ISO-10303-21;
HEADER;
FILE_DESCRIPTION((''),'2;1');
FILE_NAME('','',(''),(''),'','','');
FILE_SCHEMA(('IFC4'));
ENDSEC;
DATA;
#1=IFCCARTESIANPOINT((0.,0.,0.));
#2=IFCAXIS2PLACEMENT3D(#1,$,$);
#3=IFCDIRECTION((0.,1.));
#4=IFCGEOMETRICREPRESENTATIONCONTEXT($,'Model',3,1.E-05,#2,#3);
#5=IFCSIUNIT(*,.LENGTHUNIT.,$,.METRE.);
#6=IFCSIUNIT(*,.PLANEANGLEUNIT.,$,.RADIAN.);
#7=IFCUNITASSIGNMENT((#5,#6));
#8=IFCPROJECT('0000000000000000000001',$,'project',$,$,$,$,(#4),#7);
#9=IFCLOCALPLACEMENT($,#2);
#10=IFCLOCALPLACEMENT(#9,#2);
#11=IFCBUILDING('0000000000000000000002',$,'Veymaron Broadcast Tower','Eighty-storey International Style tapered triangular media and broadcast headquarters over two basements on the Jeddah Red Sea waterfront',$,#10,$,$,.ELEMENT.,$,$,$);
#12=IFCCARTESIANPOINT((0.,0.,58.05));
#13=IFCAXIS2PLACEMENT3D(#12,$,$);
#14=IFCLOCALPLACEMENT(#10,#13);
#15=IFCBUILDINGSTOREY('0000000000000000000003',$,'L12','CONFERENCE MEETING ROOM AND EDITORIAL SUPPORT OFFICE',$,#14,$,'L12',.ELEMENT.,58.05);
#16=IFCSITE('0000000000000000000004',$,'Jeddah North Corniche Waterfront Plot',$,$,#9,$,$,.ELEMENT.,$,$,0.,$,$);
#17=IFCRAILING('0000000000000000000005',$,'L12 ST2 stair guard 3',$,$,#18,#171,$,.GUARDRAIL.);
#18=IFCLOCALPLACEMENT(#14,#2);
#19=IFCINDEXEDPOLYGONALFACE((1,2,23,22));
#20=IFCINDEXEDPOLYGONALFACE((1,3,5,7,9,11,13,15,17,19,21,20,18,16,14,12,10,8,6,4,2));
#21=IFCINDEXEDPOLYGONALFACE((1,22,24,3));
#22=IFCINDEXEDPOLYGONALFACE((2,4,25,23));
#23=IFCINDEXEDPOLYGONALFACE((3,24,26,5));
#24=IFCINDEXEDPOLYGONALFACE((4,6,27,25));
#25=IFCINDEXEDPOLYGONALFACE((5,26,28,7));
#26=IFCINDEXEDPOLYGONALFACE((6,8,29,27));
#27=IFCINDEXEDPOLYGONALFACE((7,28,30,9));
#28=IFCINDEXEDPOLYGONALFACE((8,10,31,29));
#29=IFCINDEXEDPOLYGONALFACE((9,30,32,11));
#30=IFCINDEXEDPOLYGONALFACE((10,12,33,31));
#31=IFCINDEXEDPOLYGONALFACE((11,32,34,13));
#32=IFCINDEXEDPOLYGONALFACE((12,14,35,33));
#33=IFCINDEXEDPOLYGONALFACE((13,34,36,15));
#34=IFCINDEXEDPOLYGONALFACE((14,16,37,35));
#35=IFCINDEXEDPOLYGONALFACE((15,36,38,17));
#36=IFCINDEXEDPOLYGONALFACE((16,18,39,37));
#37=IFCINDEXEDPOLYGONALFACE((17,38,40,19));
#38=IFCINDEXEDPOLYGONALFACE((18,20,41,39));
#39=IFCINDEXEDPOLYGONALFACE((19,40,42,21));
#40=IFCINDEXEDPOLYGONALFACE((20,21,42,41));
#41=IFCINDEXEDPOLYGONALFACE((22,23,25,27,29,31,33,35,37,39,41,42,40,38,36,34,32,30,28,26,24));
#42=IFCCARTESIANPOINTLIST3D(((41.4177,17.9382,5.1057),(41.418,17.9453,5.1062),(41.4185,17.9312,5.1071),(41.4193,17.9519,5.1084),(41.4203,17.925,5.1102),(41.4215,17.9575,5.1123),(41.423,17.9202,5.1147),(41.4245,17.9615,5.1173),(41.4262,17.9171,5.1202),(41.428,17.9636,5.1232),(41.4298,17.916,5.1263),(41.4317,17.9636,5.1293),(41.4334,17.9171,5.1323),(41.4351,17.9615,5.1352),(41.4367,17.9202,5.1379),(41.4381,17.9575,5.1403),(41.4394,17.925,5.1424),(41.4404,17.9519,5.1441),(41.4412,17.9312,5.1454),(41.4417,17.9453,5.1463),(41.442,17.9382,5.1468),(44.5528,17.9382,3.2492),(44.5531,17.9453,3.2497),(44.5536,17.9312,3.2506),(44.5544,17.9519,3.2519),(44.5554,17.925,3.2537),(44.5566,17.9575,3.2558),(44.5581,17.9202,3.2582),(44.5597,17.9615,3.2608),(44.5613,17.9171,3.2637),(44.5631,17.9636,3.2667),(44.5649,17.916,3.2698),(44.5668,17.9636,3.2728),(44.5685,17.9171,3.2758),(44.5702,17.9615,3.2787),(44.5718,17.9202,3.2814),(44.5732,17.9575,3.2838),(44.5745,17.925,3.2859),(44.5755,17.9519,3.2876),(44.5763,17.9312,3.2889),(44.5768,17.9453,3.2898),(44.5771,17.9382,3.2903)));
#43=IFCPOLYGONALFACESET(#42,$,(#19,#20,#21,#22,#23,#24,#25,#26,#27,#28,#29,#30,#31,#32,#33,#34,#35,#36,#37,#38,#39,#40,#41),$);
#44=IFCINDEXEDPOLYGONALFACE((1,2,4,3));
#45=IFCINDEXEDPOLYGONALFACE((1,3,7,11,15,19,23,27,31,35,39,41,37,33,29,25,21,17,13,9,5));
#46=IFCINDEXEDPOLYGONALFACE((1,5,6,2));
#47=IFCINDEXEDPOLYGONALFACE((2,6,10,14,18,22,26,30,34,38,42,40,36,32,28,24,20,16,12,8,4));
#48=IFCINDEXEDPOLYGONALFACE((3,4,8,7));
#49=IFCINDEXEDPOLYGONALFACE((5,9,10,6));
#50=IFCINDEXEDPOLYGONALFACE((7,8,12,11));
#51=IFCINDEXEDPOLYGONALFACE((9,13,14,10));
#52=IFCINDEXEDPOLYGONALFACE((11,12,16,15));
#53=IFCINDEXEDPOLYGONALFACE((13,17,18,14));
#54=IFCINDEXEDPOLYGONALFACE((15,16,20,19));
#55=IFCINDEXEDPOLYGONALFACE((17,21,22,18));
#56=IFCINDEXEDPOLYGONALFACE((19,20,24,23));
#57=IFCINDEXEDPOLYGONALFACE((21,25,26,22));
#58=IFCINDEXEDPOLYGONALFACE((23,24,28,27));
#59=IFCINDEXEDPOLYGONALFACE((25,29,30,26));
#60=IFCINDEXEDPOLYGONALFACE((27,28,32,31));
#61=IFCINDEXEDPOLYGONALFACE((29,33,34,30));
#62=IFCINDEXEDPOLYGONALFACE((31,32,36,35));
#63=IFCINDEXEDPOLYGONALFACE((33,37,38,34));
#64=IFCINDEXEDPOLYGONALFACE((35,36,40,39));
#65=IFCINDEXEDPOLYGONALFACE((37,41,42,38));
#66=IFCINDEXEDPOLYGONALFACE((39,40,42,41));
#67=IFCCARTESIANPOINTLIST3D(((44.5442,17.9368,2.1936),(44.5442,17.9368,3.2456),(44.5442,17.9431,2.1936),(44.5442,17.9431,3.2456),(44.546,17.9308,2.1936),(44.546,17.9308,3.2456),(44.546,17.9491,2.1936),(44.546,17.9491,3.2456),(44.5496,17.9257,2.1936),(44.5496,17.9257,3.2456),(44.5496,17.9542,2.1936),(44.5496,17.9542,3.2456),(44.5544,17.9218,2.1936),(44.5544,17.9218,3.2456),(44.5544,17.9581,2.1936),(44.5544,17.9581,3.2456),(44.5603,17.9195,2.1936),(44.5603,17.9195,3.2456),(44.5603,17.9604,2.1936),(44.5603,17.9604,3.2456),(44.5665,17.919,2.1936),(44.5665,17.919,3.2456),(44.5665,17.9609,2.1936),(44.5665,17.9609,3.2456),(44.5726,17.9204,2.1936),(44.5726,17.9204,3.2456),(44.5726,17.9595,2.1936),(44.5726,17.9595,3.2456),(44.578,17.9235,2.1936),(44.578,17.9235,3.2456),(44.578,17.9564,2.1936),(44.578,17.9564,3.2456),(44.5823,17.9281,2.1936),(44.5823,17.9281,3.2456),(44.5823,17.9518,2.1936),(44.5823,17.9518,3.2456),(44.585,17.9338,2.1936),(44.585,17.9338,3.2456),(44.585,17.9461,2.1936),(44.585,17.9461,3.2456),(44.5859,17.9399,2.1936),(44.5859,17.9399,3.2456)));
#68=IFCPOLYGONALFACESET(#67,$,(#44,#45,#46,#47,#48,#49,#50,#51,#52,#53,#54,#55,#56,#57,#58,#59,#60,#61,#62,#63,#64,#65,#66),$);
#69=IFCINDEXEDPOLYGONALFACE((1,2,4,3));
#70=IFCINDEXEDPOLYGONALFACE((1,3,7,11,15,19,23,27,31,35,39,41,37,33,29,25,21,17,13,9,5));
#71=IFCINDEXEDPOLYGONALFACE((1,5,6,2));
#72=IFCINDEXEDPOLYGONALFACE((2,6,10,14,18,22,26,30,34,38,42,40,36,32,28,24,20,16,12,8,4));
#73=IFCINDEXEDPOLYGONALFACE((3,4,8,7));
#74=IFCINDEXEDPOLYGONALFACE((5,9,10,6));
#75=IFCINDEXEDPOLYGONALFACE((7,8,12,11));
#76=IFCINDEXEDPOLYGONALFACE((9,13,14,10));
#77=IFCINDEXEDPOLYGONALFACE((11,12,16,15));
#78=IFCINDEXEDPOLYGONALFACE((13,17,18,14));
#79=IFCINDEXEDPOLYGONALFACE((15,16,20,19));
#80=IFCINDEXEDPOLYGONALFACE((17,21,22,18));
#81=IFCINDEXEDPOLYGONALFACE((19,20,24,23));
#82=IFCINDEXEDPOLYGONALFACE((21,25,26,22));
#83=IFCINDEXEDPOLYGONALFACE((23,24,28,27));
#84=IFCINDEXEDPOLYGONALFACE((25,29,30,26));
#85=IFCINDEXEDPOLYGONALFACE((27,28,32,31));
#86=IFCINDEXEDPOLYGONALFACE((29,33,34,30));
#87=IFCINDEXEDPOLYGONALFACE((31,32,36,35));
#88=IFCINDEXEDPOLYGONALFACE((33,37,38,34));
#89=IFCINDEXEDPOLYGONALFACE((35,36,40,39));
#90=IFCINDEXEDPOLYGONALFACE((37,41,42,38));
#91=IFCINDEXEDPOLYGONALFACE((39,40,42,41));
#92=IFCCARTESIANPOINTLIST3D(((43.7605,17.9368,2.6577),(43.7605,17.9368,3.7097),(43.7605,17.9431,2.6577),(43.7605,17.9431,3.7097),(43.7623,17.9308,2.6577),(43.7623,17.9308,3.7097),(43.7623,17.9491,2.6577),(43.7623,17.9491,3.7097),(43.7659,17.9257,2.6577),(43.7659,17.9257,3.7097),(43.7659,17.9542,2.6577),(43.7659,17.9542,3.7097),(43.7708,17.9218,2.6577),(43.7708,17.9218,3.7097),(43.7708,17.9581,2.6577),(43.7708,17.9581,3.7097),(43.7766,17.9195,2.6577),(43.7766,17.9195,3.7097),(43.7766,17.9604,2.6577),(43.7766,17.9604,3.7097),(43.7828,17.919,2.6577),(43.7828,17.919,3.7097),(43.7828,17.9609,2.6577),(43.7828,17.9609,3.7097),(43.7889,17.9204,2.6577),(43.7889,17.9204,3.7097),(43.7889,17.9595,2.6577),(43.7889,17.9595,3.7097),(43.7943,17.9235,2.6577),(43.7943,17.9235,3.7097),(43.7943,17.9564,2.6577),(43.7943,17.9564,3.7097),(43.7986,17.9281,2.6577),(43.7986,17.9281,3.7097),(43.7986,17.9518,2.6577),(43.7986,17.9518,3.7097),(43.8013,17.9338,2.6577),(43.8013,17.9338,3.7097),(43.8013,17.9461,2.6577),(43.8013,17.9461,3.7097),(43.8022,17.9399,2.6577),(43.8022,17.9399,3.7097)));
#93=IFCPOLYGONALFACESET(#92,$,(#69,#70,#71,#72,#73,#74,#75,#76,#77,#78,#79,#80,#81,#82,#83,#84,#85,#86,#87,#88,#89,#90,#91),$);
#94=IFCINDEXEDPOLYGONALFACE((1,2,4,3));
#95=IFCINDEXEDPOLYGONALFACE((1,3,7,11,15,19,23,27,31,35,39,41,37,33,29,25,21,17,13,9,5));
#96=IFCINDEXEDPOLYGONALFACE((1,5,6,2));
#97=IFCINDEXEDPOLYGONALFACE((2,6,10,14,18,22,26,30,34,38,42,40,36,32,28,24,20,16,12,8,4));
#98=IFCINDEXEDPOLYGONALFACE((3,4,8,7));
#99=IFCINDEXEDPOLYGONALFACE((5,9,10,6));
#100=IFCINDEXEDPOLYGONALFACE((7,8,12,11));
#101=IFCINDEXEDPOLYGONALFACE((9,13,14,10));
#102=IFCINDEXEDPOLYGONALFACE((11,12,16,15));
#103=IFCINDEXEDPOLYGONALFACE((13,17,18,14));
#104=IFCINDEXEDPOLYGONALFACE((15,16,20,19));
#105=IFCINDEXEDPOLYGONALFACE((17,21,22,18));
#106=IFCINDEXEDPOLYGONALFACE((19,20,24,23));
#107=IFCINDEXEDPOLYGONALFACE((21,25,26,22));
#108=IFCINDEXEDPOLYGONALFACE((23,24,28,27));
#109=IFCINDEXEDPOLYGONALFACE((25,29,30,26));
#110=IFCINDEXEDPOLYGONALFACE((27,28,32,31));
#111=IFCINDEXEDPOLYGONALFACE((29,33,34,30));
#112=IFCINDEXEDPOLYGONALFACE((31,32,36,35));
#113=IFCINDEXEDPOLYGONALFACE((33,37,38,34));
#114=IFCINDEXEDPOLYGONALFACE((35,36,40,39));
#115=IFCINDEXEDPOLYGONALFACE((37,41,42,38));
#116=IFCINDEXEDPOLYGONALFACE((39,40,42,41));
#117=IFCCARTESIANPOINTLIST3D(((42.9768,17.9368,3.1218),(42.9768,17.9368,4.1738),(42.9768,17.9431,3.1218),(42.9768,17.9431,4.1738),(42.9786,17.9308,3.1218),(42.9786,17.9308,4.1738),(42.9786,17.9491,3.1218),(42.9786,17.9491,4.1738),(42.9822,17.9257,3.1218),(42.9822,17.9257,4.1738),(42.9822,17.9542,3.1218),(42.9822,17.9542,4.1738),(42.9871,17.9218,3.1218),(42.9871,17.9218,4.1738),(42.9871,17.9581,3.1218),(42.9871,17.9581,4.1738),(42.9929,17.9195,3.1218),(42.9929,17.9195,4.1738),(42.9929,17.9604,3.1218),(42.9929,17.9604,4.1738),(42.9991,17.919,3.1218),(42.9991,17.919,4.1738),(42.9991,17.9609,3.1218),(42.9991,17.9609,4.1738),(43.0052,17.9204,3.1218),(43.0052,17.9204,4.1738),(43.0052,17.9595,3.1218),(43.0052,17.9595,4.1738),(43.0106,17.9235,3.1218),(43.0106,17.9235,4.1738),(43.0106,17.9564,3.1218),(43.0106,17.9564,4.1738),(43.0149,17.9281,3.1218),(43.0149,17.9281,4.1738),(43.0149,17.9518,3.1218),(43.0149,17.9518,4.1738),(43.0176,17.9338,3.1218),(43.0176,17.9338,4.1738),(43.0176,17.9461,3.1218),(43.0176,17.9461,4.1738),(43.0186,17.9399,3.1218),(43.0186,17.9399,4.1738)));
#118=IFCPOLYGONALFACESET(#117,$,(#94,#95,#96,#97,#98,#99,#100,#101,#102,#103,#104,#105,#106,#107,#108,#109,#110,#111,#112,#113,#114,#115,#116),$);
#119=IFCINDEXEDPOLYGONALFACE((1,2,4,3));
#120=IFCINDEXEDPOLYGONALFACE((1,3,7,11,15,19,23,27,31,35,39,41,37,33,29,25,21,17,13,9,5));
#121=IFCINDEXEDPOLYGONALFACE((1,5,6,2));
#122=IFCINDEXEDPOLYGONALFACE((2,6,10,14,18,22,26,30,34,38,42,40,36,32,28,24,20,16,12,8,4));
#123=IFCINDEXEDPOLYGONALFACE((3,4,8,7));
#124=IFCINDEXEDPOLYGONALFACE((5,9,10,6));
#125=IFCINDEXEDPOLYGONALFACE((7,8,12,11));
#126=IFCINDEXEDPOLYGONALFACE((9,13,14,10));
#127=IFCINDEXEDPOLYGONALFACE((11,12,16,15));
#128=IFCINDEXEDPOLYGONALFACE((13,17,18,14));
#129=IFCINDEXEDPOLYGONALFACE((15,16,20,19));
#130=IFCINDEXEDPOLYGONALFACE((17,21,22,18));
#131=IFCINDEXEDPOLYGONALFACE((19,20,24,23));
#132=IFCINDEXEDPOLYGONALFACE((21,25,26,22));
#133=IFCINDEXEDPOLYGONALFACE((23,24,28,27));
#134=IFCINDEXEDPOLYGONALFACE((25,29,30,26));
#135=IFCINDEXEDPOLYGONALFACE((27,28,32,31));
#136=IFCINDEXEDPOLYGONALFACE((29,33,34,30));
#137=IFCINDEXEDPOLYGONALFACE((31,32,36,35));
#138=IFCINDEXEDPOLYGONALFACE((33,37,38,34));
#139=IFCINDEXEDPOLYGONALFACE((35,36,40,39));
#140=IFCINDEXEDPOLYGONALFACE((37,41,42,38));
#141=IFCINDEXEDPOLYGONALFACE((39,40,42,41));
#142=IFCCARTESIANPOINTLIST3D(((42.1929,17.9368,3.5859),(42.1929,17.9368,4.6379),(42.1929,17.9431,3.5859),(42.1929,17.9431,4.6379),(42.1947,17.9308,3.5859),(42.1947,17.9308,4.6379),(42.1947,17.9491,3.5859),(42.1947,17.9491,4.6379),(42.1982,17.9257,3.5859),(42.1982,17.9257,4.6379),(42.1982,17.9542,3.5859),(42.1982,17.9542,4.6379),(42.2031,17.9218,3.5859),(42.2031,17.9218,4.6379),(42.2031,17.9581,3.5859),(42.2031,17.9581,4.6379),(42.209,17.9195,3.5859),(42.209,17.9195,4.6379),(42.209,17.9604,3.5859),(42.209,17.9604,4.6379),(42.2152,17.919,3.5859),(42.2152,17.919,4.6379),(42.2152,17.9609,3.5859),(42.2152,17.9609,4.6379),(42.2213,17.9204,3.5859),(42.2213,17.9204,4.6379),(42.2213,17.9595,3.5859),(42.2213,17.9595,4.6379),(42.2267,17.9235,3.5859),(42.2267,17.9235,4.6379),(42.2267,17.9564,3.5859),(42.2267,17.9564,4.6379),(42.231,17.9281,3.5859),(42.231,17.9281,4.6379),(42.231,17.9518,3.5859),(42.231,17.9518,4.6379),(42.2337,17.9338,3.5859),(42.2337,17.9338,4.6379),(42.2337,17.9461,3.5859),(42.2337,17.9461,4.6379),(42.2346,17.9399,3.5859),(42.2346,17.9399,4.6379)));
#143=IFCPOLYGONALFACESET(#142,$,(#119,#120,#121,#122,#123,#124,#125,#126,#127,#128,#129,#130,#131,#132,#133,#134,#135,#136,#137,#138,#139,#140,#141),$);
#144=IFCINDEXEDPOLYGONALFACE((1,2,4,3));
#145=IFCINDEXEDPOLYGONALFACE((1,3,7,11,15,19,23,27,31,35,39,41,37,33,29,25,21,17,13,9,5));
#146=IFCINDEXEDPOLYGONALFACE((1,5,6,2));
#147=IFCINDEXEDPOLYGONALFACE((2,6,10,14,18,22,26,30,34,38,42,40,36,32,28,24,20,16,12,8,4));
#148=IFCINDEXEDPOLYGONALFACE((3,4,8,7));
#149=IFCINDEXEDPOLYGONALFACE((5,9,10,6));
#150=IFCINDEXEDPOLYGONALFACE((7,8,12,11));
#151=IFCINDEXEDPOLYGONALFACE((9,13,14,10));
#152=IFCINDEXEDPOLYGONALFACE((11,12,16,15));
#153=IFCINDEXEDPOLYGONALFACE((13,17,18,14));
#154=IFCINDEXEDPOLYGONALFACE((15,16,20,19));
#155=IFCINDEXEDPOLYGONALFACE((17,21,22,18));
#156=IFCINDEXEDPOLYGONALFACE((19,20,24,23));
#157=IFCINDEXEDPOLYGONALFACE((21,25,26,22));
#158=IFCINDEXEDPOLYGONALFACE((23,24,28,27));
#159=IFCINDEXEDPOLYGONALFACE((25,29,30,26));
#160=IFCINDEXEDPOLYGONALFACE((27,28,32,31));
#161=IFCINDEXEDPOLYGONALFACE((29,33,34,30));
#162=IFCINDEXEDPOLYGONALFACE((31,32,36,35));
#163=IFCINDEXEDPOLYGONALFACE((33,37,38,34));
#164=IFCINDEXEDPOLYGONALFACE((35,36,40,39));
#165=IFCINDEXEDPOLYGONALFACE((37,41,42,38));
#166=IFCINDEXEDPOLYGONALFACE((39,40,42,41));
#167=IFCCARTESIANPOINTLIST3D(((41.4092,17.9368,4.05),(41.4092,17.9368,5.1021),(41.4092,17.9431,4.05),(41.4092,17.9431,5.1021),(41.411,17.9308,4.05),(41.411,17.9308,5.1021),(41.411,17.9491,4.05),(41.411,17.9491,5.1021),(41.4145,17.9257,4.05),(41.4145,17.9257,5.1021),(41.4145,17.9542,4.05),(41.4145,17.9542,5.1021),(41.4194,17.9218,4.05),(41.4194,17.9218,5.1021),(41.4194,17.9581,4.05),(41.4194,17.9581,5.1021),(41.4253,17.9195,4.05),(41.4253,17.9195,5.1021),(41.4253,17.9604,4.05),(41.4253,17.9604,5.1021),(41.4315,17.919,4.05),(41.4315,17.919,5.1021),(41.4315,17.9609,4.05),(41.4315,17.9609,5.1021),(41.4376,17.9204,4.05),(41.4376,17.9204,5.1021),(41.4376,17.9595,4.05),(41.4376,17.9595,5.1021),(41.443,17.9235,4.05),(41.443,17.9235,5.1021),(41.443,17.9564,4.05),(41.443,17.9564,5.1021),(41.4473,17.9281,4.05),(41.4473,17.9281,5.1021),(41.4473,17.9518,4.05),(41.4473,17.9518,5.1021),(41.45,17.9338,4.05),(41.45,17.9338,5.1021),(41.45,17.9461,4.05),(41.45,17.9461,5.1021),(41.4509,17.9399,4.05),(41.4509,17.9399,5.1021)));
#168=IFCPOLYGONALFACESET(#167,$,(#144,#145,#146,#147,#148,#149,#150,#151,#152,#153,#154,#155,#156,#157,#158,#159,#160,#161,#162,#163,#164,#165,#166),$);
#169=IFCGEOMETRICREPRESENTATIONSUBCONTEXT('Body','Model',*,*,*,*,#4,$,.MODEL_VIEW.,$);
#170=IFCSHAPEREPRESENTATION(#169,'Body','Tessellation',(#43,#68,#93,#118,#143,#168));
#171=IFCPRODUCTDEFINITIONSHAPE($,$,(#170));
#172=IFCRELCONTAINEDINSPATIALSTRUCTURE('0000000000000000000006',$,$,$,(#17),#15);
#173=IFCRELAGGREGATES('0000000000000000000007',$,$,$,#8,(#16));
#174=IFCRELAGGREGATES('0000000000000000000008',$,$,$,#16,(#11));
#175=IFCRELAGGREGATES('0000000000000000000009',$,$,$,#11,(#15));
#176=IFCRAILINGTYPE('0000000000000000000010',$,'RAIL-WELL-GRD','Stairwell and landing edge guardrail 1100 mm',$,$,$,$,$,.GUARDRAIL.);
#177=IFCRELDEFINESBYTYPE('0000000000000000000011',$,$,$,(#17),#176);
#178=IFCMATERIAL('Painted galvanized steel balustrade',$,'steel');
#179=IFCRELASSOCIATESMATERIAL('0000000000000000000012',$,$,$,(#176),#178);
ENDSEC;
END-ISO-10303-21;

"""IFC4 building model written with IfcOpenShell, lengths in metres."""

from ifc_helpers import new_model, si_unit, direction, frame, origin, origin_2d, place, context, subcontext, project, spatial, circle, extrude, material, type_object, element, save


model = new_model("IFC4")

# Units and contexts
model_context = context("Model", 3, precision=1e-05, world=origin(), true_north=direction((0.0, 1.0)))
body_context = subcontext(model_context, "Body", "Model", "MODEL_VIEW")
ifc_project = project(units=[si_unit("LENGTHUNIT", "METRE"), si_unit("PLANEANGLEUNIT", "RADIAN")], contexts=[model_context])

# Site, building, storey
site_placement = place(None, origin())
site = spatial("IfcSite", under=ifc_project, at=site_placement, Name="Jeddah North Corniche Waterfront Plot", CompositionType="ELEMENT", RefElevation=0.0)
building_placement = place(site_placement, origin())
building = spatial("IfcBuilding", under=site, at=building_placement, Name="Veymaron Broadcast Tower", Description="Eighty-storey International Style tapered triangular media and broadcast headquarters over two basements on the Jeddah Red Sea waterfront", CompositionType="ELEMENT")
storey_placement = place(building_placement, frame((0.0, 0.0, 58.05)))
storey = spatial("IfcBuildingStorey", under=building, at=storey_placement, Name="L12", Description="CONFERENCE MEETING ROOM AND EDITORIAL SUPPORT OFFICE", LongName="L12", CompositionType="ELEMENT", Elevation=58.05)

# Railing
ifc_material_1 = material(Name="Painted galvanized steel balustrade", Category="steel")
railing_type_1 = type_object("IfcRailingType", Name="RAIL-WELL-GRD", Description="Stairwell and landing edge guardrail 1100 mm", PredefinedType="GUARDRAIL", material=ifc_material_1)
railing_1_placement = place(storey_placement, frame((44.5649, 17.9399, 2.1936)))
element("IfcRailing", 1, at=railing_1_placement, inside=storey, type_object=railing_type_1, Name="L12 ST2 stair guard 3", PredefinedType="GUARDRAIL", context=body_context, shape_type="SweptSolid", body=[
    extrude(circle(Radius=0.0239, at=origin_2d()), frame((0.0, 0.0, 1.0762), z_axis=(-0.860453, 0.0, 0.509531), x_axis=(0.0, -1.0, 0.0)), (0.0, 0.0, 1.0), 3.6436),
    extrude(circle(Radius=0.021, at=origin_2d()), origin(), (0.0, 0.0, 1.0), 1.052),
    extrude(circle(Radius=0.021, at=origin_2d()), frame((-0.7837, 0.0, 0.4641)), (0.0, 0.0, 1.0), 1.052),
    extrude(circle(Radius=0.021, at=origin_2d()), frame((-1.5674, 0.0, 0.9282)), (0.0, 0.0, 1.0), 1.052),
    extrude(circle(Radius=0.021, at=origin_2d()), frame((-2.3513, 0.0, 1.3923)), (0.0, 0.0, 1.0), 1.052),
    extrude(circle(Radius=0.021, at=origin_2d()), frame((-3.135, 0.0, 1.8564)), (0.0, 0.0, 1.0), 1.052),
])

save(model, "model.ifc")
